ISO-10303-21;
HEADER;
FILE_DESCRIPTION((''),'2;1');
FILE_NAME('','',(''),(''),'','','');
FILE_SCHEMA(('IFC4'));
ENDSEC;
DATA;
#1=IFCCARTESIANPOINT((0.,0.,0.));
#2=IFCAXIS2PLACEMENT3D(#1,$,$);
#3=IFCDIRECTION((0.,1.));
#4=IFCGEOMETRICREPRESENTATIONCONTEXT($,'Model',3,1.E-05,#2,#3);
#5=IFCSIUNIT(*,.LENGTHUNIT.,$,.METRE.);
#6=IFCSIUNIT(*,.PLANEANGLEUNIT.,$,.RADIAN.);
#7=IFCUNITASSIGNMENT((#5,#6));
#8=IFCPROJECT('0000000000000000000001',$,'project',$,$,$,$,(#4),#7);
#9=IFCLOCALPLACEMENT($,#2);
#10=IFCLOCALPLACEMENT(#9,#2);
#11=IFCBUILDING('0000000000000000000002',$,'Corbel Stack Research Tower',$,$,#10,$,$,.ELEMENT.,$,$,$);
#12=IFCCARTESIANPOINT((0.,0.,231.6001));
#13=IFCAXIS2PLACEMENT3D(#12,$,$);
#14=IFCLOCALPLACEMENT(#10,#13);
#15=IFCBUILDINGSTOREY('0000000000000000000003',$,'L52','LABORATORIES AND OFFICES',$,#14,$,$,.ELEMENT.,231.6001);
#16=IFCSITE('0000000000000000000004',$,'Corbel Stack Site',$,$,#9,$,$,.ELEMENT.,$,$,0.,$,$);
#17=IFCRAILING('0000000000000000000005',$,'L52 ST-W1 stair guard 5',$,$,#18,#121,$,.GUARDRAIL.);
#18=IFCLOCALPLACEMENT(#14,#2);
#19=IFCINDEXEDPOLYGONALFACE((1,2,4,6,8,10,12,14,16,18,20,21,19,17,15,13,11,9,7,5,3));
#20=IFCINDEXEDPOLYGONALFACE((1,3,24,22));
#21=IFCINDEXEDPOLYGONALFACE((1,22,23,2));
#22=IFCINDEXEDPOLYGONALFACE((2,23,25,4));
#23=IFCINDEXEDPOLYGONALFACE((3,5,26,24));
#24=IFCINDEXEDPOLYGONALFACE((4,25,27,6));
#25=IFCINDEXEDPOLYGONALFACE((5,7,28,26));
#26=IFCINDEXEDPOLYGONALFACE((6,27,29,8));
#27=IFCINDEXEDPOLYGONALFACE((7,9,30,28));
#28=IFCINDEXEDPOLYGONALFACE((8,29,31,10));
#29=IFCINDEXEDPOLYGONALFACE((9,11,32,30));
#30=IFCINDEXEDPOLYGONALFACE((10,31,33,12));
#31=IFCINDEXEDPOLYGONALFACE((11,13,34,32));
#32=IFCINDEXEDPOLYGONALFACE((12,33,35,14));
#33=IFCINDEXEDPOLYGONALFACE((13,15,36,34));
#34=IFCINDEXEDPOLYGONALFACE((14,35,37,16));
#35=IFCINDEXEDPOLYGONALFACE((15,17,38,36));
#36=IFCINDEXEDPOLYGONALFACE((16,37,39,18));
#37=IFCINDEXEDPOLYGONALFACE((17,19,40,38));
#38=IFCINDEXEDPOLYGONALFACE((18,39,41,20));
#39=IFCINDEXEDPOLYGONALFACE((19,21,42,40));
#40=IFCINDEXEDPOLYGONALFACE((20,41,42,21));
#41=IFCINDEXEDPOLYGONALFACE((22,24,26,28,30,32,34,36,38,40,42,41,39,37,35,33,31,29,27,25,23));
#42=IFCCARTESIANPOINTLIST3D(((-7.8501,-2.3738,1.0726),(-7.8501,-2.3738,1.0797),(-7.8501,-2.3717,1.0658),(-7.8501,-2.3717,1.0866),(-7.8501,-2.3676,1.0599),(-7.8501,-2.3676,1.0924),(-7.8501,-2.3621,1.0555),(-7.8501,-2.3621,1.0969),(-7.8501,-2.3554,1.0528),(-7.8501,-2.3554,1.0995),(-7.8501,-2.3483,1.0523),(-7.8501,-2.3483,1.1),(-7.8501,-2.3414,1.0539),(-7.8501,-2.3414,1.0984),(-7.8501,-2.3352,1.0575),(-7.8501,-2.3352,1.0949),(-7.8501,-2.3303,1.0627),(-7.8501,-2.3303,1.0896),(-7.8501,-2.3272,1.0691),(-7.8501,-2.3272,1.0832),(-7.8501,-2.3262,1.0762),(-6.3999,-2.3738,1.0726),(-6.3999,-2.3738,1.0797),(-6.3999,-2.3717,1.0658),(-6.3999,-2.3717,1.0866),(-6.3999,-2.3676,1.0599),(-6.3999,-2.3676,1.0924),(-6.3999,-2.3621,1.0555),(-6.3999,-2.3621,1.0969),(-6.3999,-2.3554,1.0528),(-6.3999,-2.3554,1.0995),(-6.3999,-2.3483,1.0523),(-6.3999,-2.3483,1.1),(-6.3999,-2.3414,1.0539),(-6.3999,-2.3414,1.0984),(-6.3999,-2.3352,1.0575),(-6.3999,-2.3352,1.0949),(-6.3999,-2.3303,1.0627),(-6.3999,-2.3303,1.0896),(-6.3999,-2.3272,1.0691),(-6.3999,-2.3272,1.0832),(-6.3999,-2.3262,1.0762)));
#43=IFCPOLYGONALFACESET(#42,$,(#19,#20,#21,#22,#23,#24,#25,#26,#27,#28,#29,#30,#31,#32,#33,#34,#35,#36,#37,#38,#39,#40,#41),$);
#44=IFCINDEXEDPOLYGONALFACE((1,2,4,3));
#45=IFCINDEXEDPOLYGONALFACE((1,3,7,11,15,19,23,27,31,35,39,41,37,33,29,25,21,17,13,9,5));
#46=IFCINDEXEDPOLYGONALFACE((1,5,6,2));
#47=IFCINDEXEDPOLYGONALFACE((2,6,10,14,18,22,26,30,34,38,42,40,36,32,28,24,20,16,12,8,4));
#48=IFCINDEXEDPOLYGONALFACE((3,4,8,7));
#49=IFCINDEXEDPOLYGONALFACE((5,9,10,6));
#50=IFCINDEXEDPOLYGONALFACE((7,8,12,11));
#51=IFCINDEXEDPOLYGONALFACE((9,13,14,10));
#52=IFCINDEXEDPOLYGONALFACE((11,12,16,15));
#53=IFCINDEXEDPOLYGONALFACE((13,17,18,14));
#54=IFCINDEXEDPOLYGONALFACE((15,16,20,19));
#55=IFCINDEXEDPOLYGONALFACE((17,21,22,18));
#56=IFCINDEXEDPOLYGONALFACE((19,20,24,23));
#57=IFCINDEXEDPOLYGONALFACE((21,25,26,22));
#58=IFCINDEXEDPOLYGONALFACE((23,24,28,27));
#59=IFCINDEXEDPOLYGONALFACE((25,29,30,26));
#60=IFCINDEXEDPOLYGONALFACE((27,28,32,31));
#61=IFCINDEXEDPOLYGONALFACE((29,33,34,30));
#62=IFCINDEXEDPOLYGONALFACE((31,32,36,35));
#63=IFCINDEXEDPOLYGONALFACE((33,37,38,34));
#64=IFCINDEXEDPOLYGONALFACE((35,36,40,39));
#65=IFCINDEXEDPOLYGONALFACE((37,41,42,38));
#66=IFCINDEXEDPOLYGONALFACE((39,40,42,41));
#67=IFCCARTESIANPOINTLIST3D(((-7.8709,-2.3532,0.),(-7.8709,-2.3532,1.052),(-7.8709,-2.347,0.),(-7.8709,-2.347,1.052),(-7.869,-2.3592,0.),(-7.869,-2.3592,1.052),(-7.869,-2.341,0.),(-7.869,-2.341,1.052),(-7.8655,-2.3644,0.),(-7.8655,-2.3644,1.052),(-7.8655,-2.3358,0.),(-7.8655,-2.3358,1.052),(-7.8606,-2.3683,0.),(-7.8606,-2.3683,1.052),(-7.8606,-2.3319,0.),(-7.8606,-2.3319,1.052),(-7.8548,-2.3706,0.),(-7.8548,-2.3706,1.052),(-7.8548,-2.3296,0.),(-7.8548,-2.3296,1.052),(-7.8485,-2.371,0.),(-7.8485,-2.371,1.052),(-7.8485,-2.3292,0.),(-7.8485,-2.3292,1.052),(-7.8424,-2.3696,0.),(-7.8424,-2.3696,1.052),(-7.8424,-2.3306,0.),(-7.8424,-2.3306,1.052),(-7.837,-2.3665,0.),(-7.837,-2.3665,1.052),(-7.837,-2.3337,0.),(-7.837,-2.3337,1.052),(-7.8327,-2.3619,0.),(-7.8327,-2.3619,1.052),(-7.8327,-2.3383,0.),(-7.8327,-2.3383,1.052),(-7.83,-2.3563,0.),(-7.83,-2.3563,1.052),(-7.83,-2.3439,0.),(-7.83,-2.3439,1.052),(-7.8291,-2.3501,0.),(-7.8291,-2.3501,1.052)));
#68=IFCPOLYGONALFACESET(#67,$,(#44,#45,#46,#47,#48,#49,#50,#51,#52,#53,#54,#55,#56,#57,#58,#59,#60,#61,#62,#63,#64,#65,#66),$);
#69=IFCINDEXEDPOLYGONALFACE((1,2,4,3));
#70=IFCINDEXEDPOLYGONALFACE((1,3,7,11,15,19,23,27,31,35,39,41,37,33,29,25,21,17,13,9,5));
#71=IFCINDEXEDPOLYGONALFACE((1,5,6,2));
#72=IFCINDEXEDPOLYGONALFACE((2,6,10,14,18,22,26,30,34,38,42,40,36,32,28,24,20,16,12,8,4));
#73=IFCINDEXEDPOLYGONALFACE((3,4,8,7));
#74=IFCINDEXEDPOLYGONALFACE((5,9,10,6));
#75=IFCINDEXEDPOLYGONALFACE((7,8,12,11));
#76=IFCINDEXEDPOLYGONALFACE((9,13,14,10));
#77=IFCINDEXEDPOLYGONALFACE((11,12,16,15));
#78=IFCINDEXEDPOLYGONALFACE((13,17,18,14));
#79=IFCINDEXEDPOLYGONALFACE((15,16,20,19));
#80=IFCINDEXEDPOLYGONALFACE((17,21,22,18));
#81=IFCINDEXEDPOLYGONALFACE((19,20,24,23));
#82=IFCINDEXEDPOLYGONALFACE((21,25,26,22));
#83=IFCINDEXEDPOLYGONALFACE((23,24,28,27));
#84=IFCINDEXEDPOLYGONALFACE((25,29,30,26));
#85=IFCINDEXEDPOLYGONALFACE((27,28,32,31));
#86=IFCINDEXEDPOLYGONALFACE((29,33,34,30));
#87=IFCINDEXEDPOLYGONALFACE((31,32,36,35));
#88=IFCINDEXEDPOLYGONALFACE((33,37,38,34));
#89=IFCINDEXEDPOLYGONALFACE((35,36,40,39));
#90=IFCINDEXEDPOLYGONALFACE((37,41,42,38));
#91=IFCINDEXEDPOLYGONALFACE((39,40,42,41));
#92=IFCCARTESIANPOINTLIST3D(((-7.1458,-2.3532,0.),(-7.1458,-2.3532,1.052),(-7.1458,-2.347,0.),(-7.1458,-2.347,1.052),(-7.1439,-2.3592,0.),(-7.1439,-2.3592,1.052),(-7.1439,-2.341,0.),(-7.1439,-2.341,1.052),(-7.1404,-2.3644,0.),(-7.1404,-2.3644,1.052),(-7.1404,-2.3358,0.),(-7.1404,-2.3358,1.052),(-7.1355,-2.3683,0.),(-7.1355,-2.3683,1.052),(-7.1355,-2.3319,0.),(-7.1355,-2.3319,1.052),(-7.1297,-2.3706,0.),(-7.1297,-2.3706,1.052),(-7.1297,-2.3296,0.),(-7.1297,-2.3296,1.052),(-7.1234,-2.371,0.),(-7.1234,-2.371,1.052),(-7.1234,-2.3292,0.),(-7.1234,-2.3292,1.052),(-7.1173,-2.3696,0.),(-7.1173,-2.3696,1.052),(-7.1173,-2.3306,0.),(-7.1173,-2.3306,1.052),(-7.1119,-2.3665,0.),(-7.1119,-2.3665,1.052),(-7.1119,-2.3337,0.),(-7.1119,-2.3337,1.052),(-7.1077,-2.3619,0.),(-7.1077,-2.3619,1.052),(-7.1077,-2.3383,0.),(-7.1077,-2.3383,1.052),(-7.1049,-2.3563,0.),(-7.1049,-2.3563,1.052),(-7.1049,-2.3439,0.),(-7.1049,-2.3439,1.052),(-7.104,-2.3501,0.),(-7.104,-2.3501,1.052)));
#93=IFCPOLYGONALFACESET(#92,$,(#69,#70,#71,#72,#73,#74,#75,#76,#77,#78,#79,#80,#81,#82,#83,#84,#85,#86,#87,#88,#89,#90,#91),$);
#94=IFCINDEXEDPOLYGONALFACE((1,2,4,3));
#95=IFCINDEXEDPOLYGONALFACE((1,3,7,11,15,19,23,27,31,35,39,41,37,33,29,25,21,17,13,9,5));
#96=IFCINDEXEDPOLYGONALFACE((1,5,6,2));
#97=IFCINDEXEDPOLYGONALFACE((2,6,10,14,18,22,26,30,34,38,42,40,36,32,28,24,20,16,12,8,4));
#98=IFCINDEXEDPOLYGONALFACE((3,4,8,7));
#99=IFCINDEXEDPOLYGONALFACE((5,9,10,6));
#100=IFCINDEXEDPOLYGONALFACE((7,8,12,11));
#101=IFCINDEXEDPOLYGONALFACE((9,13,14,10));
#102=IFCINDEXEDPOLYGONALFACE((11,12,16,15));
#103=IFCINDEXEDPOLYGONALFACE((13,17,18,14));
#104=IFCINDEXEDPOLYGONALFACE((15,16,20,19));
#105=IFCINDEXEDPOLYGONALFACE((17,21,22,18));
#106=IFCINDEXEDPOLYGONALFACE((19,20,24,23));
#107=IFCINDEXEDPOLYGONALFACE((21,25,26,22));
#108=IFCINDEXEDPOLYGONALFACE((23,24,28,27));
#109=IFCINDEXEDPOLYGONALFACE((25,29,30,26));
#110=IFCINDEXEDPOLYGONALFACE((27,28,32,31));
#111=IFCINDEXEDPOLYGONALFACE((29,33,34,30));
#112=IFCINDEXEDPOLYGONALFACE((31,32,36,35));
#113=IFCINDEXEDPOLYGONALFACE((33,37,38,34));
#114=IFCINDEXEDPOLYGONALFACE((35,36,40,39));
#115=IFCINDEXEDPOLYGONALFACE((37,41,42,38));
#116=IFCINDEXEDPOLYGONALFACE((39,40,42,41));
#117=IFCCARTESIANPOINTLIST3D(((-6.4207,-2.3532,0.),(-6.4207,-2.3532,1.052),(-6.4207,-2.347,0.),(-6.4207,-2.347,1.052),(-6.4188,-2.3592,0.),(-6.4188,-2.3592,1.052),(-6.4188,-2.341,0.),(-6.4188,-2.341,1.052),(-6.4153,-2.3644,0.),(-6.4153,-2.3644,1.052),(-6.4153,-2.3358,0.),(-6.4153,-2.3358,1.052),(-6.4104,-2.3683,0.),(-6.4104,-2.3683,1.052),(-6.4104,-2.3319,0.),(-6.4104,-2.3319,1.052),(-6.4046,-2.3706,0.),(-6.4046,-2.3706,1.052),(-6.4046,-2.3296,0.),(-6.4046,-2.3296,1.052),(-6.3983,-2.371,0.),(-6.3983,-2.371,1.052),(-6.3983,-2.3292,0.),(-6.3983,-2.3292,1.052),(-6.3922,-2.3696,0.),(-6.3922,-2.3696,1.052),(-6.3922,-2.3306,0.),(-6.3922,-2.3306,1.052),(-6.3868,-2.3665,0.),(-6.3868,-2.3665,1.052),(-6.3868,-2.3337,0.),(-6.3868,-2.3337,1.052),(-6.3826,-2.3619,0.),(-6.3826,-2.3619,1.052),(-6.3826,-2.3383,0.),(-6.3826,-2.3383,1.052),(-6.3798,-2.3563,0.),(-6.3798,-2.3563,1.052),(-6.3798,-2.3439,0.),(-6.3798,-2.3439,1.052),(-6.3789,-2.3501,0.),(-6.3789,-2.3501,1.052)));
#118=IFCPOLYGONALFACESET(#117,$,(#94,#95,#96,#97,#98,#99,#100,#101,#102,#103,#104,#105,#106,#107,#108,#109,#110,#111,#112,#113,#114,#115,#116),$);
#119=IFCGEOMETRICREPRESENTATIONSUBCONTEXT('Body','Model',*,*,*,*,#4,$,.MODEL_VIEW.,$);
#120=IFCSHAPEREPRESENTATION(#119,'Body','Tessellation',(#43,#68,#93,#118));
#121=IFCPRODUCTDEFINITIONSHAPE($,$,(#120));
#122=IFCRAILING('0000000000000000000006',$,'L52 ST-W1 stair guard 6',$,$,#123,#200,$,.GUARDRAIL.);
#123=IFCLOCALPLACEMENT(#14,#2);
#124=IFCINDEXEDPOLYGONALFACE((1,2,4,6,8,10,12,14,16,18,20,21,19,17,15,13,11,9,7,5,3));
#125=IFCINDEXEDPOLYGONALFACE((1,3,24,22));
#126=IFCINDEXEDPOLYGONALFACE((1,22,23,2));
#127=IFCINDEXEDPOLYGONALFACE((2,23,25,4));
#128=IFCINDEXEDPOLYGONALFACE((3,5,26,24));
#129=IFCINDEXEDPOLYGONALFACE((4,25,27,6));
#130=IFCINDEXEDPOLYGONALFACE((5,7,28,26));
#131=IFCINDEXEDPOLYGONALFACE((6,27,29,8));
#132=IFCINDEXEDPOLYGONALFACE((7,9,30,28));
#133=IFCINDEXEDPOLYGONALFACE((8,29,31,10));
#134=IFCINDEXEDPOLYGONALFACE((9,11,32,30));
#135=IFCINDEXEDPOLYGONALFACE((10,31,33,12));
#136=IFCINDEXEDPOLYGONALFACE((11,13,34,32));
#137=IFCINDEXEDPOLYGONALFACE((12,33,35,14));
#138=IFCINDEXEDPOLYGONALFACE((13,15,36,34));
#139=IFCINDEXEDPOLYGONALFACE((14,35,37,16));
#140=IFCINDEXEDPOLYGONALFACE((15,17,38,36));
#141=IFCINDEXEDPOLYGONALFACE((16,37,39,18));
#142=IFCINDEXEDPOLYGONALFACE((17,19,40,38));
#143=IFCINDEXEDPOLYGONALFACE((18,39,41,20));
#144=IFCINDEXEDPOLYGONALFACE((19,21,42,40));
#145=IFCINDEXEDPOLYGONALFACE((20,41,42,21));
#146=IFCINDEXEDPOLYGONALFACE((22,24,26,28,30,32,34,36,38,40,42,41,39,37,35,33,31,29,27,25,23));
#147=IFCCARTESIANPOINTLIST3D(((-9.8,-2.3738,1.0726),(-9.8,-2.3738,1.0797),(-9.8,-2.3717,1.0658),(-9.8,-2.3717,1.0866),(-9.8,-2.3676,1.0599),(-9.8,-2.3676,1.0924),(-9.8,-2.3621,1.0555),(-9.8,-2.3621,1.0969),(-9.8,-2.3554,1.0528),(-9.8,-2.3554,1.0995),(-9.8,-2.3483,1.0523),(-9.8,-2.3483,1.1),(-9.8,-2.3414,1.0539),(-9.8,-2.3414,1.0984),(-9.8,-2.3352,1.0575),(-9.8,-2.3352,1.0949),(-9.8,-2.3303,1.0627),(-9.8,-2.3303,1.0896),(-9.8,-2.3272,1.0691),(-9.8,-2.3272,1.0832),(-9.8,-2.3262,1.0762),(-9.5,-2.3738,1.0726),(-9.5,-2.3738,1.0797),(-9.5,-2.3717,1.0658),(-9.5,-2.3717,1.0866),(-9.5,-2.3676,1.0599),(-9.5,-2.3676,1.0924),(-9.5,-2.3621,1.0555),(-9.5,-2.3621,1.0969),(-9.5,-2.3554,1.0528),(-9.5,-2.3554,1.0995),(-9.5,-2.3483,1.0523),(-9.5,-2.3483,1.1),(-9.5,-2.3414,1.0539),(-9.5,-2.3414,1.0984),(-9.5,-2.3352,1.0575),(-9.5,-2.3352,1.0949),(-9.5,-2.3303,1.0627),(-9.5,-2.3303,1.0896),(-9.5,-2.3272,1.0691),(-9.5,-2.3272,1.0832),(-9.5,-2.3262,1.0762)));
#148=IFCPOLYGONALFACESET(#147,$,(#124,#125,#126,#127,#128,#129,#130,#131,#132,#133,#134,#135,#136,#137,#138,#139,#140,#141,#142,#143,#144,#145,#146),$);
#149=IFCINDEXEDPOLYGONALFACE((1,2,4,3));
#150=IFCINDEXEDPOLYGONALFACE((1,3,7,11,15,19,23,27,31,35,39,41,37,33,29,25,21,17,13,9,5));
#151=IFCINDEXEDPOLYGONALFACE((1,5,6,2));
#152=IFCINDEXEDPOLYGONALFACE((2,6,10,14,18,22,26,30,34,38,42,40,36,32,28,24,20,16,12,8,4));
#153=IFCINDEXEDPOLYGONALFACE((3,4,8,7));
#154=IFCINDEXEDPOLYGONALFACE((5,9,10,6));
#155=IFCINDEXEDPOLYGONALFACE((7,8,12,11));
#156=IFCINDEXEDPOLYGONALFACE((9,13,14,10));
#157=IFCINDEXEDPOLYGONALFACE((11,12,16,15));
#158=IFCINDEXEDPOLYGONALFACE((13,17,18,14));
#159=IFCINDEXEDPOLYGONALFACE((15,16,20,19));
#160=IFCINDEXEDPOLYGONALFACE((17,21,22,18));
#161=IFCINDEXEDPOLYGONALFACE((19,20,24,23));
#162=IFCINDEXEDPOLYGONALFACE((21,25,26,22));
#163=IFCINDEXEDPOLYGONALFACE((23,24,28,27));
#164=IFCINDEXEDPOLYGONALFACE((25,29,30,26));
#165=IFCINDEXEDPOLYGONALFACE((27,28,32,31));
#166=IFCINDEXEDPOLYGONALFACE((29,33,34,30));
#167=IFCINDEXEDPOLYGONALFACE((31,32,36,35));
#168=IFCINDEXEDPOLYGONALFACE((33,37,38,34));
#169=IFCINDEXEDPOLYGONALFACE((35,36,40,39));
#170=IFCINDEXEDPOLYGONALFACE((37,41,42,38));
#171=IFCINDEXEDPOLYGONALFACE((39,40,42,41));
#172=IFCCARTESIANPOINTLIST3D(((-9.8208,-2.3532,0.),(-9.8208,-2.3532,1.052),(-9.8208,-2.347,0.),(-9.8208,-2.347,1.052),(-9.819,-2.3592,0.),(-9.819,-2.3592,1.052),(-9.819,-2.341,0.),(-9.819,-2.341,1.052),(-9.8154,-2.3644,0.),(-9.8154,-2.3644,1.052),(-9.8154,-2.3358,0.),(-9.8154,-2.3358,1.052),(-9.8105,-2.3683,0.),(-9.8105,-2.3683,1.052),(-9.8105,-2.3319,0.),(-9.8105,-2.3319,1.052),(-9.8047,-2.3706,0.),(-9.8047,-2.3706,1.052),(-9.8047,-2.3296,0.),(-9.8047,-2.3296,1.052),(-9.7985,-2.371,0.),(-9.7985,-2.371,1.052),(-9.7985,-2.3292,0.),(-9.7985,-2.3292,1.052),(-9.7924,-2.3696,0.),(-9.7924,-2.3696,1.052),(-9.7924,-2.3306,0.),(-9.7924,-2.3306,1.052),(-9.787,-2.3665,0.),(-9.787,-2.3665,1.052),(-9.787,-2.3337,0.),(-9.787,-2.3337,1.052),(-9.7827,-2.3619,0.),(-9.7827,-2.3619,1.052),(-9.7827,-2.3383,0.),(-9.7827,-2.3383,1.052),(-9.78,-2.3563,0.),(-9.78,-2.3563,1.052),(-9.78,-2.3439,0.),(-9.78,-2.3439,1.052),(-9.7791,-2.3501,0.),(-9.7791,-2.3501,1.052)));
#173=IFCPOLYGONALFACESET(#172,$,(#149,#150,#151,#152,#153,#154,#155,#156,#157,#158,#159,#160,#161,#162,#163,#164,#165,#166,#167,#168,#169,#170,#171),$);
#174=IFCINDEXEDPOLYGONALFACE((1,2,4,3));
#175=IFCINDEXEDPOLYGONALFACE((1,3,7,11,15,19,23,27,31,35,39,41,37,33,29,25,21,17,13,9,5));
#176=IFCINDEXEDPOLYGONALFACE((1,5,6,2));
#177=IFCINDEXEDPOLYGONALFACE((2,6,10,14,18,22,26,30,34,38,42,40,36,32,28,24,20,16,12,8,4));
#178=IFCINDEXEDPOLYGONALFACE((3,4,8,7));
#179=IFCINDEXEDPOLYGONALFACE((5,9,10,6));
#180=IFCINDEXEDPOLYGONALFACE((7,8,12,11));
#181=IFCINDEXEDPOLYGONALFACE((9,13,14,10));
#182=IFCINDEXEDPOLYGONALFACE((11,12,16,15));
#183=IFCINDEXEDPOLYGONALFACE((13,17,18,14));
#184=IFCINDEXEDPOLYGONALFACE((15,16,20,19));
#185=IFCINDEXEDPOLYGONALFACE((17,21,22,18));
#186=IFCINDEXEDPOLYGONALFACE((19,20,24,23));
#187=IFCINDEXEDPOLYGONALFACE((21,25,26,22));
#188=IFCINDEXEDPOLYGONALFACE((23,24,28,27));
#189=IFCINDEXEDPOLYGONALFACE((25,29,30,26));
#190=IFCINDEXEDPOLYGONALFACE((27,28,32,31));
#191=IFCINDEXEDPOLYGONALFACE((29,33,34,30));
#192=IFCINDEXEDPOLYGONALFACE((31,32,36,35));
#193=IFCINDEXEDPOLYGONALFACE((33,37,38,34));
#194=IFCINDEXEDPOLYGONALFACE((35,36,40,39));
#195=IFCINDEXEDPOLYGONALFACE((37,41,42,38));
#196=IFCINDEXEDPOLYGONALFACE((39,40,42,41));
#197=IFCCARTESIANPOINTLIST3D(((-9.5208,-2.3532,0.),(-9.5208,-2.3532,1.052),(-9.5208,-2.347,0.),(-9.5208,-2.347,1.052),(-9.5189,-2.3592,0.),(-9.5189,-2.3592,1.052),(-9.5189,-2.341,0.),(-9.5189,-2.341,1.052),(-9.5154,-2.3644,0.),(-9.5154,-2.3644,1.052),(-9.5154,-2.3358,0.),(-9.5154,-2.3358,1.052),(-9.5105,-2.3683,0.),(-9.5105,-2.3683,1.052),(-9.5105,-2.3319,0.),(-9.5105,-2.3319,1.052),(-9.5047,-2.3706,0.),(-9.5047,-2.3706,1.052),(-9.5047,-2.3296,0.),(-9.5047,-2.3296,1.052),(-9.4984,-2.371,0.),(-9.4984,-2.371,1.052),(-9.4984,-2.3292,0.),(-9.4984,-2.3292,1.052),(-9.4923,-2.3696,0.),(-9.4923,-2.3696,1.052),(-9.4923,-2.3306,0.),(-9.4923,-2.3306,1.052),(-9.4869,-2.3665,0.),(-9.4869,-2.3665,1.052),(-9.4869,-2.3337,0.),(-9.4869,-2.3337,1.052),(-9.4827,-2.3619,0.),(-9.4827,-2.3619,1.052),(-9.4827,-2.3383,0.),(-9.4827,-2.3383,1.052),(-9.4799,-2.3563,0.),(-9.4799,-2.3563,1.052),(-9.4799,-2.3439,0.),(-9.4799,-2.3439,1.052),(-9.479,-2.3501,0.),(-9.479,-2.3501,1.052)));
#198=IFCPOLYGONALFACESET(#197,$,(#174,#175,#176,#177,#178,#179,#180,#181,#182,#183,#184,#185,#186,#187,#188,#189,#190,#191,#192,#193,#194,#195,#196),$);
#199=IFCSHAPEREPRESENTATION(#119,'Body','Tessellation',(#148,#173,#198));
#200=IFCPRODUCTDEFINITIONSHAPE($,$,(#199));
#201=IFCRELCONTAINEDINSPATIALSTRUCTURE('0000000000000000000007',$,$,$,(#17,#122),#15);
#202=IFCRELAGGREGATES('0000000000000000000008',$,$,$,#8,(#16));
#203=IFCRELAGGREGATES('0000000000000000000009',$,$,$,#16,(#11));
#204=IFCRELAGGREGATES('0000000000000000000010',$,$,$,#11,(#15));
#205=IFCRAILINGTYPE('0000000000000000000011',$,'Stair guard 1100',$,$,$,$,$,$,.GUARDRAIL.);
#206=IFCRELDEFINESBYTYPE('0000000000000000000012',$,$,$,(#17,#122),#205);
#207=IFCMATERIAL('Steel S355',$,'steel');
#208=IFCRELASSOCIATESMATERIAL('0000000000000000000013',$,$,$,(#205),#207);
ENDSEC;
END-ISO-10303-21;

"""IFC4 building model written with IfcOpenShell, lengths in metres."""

from ifc_helpers import new_model, si_unit, direction, frame, origin, origin_2d, place, context, subcontext, project, spatial, circle, extrude, material, type_object, element, save


model = new_model("IFC4")

# Units and contexts
model_context = context("Model", 3, precision=1e-05, world=origin(), true_north=direction((0.0, 1.0)))
body_context = subcontext(model_context, "Body", "Model", "MODEL_VIEW")
ifc_project = project(units=[si_unit("LENGTHUNIT", "METRE"), si_unit("PLANEANGLEUNIT", "RADIAN")], contexts=[model_context])

# Site, building, storey
site_placement = place(None, origin())
site = spatial("IfcSite", under=ifc_project, at=site_placement, Name="Corbel Stack Site", CompositionType="ELEMENT", RefElevation=0.0)
building_placement = place(site_placement, origin())
building = spatial("IfcBuilding", under=site, at=building_placement, Name="Corbel Stack Research Tower", CompositionType="ELEMENT")
storey_placement = place(building_placement, frame((0.0, 0.0, 231.6001)))
storey = spatial("IfcBuildingStorey", under=building, at=storey_placement, Name="L52", Description="LABORATORIES AND OFFICES", CompositionType="ELEMENT", Elevation=231.6001)

# Railings
ifc_material_1 = material(Name="Steel S355", Category="steel")
railing_type_1 = type_object("IfcRailingType", Name="Stair guard 1100", PredefinedType="GUARDRAIL", material=ifc_material_1)
railing_1_placement = place(storey_placement, frame((-7.8501, -2.3501, 0.0)))
element("IfcRailing", 1, at=railing_1_placement, inside=storey, type_object=railing_type_1, Name="L52 ST-W1 stair guard 5", PredefinedType="GUARDRAIL", context=body_context, shape_type="SweptSolid", body=[
    extrude(circle(Radius=0.0239, at=origin_2d()), frame((0.0, 0.0, 1.0762), z_axis=(1.0, 0.0, 0.0), x_axis=(0.0, 1.0, 0.0)), (0.0, 0.0, 1.0), 1.4502),
    extrude(circle(Radius=0.021, at=origin_2d()), origin(), (0.0, 0.0, 1.0), 1.052),
    extrude(circle(Radius=0.021, at=origin_2d()), frame((0.7251, 0.0, 0.0)), (0.0, 0.0, 1.0), 1.052),
    extrude(circle(Radius=0.021, at=origin_2d()), frame((1.4502, 0.0, 0.0)), (0.0, 0.0, 1.0), 1.052),
])
railing_2_placement = place(storey_placement, frame((-9.8, -2.3501, 0.0)))
element("IfcRailing", 2, at=railing_2_placement, inside=storey, type_object=railing_type_1, Name="L52 ST-W1 stair guard 6", PredefinedType="GUARDRAIL", context=body_context, shape_type="SweptSolid", body=[
    extrude(circle(Radius=0.0239, at=origin_2d()), frame((0.0, 0.0, 1.0762), z_axis=(1.0, 0.0, 0.0), x_axis=(0.0, 1.0, 0.0)), (0.0, 0.0, 1.0), 0.3),
    extrude(circle(Radius=0.021, at=origin_2d()), origin(), (0.0, 0.0, 1.0), 1.052),
    extrude(circle(Radius=0.021, at=origin_2d()), frame((0.3, 0.0, 0.0)), (0.0, 0.0, 1.0), 1.052),
])

save(model, "model.ifc")
